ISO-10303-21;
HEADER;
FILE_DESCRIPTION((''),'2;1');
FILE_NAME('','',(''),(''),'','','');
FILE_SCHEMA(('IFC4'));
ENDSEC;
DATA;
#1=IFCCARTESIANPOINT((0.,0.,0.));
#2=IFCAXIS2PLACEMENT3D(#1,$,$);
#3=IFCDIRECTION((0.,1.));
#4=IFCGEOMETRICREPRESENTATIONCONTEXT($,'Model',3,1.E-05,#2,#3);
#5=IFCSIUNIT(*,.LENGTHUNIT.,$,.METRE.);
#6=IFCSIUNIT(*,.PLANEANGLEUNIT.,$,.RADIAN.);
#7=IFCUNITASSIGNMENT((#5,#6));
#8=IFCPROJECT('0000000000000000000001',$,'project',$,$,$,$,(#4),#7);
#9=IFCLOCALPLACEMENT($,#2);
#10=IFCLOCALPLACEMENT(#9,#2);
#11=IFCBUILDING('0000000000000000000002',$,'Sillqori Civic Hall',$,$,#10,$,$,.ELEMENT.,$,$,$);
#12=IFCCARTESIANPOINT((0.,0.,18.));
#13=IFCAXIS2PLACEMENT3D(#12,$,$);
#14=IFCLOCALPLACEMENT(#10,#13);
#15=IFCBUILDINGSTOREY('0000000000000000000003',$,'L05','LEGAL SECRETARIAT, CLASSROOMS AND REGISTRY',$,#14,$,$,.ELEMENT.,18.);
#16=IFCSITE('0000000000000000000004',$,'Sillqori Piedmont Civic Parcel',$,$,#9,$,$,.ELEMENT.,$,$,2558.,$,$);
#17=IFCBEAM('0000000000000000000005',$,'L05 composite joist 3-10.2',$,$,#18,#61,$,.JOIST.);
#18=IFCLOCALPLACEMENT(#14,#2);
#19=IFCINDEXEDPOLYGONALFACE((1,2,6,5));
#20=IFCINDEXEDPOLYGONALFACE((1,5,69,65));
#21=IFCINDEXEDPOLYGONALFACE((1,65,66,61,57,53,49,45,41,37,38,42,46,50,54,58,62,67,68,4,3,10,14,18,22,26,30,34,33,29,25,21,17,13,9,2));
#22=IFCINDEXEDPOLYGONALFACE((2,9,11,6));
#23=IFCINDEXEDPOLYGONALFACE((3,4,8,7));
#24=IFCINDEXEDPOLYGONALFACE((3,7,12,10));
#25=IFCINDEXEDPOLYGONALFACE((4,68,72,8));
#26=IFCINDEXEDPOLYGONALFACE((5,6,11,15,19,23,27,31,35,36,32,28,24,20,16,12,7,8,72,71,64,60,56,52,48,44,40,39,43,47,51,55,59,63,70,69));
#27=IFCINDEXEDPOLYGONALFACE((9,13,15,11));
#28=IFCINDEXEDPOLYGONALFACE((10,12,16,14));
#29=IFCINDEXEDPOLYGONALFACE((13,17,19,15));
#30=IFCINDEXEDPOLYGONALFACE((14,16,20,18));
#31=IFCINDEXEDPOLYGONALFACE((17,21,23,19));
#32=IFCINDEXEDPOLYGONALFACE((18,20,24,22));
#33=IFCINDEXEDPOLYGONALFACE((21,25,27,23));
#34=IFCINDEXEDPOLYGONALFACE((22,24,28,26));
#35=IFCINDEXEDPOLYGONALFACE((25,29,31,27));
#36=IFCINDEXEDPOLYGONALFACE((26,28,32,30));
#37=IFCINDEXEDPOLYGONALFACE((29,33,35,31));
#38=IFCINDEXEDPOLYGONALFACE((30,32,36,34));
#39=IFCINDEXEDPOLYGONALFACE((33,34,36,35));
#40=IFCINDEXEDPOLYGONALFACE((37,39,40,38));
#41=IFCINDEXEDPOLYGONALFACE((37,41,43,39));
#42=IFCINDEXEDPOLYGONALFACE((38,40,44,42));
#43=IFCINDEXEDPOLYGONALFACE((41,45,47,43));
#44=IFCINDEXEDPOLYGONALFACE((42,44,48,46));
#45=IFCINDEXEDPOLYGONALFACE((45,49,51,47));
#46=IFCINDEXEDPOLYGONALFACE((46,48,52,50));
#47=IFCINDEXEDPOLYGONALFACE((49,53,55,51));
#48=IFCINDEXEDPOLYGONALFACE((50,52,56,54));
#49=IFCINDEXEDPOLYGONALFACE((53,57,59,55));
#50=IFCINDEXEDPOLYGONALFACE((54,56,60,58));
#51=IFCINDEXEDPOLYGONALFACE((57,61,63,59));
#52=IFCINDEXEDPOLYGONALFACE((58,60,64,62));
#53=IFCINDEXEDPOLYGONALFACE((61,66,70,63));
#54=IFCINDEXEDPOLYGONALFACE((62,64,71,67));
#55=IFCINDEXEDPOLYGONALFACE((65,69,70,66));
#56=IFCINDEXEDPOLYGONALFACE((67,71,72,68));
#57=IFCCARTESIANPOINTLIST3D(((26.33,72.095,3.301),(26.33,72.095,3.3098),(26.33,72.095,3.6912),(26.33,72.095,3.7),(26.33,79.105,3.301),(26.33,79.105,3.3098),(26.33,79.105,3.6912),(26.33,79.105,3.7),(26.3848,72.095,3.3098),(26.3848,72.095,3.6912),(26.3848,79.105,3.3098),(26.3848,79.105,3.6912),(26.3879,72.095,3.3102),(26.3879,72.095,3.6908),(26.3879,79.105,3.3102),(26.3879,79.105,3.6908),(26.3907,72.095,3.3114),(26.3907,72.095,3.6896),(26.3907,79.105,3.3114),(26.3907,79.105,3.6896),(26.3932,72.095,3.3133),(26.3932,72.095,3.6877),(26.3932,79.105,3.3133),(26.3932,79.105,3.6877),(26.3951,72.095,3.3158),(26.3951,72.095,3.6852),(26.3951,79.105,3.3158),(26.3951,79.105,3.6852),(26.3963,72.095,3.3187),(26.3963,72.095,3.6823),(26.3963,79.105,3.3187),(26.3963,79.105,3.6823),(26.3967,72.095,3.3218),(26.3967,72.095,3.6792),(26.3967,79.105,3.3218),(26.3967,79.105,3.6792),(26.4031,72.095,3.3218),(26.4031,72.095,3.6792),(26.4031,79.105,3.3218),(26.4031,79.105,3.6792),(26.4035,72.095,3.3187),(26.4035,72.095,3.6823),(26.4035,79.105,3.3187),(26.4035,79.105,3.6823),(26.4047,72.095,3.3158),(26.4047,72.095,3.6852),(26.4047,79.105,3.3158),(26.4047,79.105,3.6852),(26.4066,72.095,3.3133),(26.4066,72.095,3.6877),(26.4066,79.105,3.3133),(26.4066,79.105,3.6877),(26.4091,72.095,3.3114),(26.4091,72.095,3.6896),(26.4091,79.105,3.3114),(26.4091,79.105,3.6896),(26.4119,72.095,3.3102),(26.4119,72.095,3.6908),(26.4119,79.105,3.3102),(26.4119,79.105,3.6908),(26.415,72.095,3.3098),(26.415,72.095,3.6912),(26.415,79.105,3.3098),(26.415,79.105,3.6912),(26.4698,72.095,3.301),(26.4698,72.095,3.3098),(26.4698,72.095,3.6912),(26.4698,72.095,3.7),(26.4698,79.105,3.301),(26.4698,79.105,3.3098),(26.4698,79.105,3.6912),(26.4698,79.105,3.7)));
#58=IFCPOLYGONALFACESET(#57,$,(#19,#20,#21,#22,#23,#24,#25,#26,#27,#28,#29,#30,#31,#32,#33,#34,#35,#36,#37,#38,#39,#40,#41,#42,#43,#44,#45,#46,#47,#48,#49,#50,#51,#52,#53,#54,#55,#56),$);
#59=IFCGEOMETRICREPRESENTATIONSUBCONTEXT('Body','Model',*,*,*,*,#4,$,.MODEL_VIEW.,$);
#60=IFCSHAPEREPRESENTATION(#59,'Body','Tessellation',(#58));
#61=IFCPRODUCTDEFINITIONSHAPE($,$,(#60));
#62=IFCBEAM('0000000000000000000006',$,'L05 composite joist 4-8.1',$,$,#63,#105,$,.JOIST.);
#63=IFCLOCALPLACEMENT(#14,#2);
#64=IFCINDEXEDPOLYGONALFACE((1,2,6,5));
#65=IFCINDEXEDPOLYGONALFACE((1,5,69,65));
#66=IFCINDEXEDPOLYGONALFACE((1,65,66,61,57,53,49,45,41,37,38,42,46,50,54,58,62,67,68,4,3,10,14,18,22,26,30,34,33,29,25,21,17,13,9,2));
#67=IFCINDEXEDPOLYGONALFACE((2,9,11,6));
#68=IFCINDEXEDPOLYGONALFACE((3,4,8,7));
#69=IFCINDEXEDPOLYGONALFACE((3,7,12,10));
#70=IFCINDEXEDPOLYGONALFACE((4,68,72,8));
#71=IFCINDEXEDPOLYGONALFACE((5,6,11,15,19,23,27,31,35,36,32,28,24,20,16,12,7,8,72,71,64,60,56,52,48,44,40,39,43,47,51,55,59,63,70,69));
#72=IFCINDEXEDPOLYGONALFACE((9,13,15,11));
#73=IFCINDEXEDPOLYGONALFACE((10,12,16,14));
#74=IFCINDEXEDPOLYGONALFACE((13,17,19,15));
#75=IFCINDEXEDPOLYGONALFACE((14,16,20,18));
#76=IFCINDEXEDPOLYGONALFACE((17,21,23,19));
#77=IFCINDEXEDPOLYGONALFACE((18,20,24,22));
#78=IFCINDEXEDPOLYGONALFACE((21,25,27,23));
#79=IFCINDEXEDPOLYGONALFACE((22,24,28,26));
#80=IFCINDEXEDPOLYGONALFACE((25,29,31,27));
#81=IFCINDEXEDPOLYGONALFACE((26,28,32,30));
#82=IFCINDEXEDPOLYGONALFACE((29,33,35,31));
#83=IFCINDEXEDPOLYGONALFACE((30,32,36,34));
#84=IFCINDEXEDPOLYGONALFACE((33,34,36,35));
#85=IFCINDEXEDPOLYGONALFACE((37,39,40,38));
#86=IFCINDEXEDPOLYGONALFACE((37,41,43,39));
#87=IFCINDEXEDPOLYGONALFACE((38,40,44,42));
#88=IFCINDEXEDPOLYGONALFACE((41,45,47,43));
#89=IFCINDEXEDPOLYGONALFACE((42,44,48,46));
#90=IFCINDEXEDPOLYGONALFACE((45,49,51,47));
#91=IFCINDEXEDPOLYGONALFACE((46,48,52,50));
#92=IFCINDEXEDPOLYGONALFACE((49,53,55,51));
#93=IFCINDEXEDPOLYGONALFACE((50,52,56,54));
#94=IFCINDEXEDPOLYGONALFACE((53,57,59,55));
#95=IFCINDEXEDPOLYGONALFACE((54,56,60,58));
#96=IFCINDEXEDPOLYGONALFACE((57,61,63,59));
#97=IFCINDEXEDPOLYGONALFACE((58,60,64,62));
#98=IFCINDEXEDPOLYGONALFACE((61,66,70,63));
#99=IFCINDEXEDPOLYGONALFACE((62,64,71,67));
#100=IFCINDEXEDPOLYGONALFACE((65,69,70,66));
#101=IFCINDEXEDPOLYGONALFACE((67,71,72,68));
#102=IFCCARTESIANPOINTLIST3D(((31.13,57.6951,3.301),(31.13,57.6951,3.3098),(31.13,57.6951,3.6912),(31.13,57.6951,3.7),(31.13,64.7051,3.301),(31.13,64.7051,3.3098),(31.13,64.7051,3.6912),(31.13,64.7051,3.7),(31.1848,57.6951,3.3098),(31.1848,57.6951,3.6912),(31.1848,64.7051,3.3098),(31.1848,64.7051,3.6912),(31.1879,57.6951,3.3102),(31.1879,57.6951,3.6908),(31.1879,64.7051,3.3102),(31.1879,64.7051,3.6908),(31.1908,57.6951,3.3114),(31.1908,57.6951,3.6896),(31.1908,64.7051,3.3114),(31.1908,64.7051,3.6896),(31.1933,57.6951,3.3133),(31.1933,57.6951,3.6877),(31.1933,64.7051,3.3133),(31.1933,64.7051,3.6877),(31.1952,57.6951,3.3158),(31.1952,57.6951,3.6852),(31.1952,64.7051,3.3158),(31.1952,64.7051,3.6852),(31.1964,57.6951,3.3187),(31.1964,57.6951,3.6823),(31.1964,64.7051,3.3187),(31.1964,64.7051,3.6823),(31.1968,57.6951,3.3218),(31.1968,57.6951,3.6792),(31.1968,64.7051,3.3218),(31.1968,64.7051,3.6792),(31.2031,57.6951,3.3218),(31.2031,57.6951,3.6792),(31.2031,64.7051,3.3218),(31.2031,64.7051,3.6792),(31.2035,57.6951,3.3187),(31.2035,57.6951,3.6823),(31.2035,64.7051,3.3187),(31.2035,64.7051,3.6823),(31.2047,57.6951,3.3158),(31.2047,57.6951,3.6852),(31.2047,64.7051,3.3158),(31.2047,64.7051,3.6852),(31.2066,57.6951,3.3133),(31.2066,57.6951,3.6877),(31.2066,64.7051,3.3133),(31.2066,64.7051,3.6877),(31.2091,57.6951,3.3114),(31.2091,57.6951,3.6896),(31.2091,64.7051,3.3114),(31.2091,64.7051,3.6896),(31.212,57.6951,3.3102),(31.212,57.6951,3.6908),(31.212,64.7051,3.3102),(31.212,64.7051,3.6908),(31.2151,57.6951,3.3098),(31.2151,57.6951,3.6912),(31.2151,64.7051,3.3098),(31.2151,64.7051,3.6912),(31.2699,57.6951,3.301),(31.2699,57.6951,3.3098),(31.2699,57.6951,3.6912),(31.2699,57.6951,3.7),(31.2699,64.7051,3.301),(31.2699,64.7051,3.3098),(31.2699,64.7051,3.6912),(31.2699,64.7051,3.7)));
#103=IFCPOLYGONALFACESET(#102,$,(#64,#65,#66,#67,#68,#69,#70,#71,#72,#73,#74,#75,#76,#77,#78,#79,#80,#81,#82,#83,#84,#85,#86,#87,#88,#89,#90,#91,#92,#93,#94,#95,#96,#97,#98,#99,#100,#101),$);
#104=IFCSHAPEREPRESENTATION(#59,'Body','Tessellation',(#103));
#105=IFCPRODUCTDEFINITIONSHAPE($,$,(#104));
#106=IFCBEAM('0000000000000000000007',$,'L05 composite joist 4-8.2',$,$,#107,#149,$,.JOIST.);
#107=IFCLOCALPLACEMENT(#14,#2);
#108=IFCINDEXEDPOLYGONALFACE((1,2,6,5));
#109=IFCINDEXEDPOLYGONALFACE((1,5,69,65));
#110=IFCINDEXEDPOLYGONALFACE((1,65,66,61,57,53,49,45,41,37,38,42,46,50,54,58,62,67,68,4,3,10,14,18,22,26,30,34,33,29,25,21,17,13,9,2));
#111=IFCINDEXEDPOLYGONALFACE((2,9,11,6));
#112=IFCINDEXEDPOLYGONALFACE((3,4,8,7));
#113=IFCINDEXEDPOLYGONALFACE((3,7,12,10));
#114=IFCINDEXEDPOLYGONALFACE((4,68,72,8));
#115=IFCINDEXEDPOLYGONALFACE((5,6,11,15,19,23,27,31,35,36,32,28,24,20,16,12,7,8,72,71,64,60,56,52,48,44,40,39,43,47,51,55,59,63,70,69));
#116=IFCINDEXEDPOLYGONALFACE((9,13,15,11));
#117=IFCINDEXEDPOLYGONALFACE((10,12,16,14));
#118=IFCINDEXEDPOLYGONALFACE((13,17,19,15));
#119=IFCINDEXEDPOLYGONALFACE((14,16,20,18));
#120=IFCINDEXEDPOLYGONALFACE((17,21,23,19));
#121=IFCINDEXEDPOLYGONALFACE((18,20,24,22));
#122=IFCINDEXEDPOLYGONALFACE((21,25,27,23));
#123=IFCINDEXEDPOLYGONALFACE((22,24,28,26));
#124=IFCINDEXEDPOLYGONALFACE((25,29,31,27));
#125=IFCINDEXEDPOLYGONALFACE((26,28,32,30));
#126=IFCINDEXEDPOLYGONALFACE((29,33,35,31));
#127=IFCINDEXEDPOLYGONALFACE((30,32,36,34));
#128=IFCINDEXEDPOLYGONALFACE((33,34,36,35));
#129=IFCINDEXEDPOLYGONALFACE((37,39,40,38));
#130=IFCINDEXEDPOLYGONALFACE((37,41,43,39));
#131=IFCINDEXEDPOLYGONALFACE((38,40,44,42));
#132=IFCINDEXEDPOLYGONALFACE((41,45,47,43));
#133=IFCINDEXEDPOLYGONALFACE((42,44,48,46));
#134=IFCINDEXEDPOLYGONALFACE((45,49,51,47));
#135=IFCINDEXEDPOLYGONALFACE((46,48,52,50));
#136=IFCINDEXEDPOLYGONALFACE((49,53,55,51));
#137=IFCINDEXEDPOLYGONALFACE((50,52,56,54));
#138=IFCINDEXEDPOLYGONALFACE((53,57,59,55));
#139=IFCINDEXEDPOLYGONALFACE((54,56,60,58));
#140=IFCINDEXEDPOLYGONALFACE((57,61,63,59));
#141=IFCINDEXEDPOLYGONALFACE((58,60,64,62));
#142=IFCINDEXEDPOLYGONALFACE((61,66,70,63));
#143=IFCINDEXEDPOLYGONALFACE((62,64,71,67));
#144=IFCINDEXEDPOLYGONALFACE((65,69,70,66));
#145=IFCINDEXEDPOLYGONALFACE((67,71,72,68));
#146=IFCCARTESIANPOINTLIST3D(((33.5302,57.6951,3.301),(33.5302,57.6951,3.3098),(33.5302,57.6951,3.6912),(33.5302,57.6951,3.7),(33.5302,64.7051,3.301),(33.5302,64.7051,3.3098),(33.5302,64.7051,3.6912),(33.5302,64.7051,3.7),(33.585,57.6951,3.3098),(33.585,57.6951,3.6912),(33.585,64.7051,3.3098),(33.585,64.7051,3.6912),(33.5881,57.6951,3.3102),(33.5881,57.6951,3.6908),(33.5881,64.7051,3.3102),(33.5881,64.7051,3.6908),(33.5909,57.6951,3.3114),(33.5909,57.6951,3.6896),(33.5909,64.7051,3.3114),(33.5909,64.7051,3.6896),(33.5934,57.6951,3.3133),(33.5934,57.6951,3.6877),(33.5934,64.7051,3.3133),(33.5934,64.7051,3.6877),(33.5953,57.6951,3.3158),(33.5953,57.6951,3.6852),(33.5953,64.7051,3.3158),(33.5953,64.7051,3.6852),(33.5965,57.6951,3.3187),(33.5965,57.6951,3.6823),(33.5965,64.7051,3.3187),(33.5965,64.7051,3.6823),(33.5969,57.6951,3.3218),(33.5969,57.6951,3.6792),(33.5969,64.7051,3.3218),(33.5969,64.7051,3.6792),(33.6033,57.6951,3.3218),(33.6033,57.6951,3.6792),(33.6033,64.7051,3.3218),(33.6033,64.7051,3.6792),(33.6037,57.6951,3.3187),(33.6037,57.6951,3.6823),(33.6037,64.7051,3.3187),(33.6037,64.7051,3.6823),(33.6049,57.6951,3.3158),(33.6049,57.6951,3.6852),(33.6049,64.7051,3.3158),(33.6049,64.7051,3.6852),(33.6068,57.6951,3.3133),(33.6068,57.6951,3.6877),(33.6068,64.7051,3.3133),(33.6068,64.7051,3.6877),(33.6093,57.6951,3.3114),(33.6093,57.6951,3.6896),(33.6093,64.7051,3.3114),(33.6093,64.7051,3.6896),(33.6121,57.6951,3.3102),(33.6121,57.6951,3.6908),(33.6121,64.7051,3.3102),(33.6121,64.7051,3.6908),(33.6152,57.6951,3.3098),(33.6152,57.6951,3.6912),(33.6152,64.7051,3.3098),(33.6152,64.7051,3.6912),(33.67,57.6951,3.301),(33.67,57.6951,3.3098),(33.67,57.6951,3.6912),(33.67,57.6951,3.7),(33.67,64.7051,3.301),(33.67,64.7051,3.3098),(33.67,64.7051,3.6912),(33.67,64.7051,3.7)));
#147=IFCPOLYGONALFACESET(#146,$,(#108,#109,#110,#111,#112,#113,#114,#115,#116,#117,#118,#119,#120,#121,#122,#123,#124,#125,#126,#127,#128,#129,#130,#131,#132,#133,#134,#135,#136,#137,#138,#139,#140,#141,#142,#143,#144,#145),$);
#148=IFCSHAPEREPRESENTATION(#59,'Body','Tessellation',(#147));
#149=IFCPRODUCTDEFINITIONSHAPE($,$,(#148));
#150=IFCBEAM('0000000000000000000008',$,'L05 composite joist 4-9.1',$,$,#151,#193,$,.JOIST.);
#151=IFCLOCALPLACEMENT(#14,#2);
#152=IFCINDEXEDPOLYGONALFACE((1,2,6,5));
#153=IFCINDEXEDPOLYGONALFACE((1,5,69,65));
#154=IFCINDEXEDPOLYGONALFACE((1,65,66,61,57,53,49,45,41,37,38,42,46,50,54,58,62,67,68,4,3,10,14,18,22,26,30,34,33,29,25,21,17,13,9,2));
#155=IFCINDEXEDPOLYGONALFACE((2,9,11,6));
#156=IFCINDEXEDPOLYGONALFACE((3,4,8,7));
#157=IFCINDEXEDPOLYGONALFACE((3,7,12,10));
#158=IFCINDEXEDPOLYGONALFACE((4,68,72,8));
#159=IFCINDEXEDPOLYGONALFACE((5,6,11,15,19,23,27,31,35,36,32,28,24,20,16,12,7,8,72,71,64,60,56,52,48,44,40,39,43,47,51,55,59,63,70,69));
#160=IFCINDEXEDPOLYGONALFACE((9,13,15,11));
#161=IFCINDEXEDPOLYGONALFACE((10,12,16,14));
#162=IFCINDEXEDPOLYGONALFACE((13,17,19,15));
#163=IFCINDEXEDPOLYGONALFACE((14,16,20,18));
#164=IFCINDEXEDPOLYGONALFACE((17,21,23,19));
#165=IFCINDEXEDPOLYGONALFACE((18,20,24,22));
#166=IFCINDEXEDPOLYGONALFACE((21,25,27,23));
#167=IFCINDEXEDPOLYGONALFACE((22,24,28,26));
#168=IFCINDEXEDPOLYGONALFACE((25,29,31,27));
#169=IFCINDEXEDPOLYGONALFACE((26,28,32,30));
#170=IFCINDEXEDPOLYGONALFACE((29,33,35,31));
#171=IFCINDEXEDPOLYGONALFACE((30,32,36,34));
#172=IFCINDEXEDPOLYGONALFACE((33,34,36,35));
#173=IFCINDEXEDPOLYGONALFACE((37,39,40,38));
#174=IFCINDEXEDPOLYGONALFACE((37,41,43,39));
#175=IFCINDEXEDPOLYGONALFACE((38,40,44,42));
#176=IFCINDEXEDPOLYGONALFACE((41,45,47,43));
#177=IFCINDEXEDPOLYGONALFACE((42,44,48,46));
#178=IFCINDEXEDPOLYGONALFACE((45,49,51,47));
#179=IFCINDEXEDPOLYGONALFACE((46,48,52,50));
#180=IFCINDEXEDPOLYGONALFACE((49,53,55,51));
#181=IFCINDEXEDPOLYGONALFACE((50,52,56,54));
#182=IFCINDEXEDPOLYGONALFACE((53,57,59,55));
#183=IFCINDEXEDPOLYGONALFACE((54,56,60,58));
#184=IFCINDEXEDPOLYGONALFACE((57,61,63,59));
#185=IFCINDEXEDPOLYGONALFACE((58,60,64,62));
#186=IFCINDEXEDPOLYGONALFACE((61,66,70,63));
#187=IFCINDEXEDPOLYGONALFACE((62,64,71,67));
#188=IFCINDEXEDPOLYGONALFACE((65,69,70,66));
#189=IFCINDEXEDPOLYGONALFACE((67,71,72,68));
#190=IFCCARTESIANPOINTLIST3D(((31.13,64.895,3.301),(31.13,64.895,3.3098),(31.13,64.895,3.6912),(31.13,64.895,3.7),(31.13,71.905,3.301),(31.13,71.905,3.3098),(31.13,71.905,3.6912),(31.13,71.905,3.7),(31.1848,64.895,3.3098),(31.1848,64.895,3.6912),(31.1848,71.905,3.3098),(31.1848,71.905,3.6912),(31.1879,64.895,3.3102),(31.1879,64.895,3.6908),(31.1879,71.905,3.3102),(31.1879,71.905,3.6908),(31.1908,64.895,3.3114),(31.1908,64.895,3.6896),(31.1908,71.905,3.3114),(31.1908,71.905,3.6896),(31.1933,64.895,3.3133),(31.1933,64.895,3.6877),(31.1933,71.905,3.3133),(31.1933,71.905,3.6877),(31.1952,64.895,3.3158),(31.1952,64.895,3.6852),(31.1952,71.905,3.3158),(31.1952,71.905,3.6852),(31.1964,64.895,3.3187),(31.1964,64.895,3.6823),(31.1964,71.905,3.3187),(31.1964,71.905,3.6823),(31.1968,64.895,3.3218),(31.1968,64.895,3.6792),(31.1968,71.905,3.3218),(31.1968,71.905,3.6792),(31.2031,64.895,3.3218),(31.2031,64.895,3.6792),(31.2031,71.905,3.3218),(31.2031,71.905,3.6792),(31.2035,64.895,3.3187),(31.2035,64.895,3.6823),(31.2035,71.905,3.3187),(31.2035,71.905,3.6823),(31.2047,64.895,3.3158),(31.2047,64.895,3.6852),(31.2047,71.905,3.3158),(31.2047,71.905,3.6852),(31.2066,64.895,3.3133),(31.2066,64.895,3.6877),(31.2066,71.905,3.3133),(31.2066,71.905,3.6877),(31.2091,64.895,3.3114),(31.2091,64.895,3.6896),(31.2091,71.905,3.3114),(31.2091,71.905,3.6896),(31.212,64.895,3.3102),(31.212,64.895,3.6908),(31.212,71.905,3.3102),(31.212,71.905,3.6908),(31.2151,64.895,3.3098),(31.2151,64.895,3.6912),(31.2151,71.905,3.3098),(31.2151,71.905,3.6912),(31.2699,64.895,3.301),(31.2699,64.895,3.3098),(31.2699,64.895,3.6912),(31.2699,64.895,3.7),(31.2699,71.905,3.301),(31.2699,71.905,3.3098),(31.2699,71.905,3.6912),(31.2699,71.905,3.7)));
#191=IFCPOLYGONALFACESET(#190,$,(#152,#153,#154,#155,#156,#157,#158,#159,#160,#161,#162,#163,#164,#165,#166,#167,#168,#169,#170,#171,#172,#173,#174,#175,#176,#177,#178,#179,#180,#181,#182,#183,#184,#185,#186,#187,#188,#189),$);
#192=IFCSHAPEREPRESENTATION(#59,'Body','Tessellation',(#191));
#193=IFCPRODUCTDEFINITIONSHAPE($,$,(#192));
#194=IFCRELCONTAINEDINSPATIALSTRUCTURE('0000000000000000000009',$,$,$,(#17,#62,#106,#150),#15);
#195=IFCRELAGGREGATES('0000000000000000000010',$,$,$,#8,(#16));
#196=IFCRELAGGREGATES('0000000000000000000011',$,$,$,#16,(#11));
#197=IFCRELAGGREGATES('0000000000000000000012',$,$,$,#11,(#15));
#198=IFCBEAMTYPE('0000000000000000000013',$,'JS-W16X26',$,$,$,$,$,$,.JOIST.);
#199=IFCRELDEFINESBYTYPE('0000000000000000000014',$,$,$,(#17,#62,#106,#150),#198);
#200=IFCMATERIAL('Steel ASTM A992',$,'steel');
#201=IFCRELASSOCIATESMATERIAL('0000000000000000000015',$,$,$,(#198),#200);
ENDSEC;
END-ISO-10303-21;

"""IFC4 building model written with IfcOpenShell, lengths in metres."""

from ifc_helpers import new_model, si_unit, direction, frame, origin, origin_2d, place, context, subcontext, project, spatial, i_section, extrude, material, material_profile, profile_set, type_object, element, save


model = new_model("IFC4")

# Units and contexts
model_context = context("Model", 3, precision=1e-05, world=origin(), true_north=direction((0.0, 1.0)))
body_context = subcontext(model_context, "Body", "Model", "MODEL_VIEW")
ifc_project = project(units=[si_unit("LENGTHUNIT", "METRE"), si_unit("PLANEANGLEUNIT", "RADIAN")], contexts=[model_context])

# Site, building, storey
site_placement = place(None, origin())
site = spatial("IfcSite", under=ifc_project, at=site_placement, Name="Sillqori Piedmont Civic Parcel", CompositionType="ELEMENT", RefElevation=2558.0)
building_placement = place(site_placement, origin())
building = spatial("IfcBuilding", under=site, at=building_placement, Name="Sillqori Civic Hall", CompositionType="ELEMENT")
storey_placement = place(building_placement, frame((0.0, 0.0, 18.0)))
storey = spatial("IfcBuildingStorey", under=building, at=storey_placement, Name="L05", Description="LEGAL SECRETARIAT, CLASSROOMS AND REGISTRY", CompositionType="ELEMENT", Elevation=18.0)

# Shared definitions
ifc_material_1 = material(Name="Steel ASTM A992", Category="steel")

# Beams
ifc_material_profile_1 = material_profile(ifc_material_1, i_section(OverallWidth=0.1399, OverallDepth=0.3989, WebThickness=0.0063, FlangeThickness=0.0088, FilletRadius=0.012, at=origin_2d()), Name="W16X26")
ifc_profile_set_1 = profile_set([ifc_material_profile_1], Name="Steel ASTM A992")
beam_type_1 = type_object("IfcBeamType", Name="JS-W16X26", PredefinedType="JOIST", material=ifc_profile_set_1)
for number, where, z_axis, x_axis, name in (
    (1, (26.3999, 72.095, 3.5005), (0.0, 1.0, 0.0), (-1.0, 0.0, 0.0), "L05 composite joist 3-10.2"),
    (2, (31.2, 57.6951, 3.5005), (0.0, 1.0, 0.0), (-1.0, 0.0, 0.0), "L05 composite joist 4-8.1"),
    (3, (33.6001, 57.6951, 3.5005), (0.0, 1.0, 0.0), (-1.0, 0.0, 0.0), "L05 composite joist 4-8.2"),
    (4, (31.2, 64.895, 3.5005), (0.0, 1.0, 0.0), (-1.0, 0.0, 0.0), "L05 composite joist 4-9.1"),
):
    element("IfcBeam", number, at=place(storey_placement, frame(where, z_axis=z_axis, x_axis=x_axis)), inside=storey, type_object=beam_type_1, Name=name, PredefinedType="JOIST", context=body_context, shape_type="SweptSolid", body=[
        extrude(i_section(OverallWidth=0.1399, OverallDepth=0.3989, WebThickness=0.0063, FlangeThickness=0.0088, FilletRadius=0.012, at=origin_2d()), origin(), (0.0, 0.0, 1.0), 7.01),
    ])

save(model, "model.ifc")
